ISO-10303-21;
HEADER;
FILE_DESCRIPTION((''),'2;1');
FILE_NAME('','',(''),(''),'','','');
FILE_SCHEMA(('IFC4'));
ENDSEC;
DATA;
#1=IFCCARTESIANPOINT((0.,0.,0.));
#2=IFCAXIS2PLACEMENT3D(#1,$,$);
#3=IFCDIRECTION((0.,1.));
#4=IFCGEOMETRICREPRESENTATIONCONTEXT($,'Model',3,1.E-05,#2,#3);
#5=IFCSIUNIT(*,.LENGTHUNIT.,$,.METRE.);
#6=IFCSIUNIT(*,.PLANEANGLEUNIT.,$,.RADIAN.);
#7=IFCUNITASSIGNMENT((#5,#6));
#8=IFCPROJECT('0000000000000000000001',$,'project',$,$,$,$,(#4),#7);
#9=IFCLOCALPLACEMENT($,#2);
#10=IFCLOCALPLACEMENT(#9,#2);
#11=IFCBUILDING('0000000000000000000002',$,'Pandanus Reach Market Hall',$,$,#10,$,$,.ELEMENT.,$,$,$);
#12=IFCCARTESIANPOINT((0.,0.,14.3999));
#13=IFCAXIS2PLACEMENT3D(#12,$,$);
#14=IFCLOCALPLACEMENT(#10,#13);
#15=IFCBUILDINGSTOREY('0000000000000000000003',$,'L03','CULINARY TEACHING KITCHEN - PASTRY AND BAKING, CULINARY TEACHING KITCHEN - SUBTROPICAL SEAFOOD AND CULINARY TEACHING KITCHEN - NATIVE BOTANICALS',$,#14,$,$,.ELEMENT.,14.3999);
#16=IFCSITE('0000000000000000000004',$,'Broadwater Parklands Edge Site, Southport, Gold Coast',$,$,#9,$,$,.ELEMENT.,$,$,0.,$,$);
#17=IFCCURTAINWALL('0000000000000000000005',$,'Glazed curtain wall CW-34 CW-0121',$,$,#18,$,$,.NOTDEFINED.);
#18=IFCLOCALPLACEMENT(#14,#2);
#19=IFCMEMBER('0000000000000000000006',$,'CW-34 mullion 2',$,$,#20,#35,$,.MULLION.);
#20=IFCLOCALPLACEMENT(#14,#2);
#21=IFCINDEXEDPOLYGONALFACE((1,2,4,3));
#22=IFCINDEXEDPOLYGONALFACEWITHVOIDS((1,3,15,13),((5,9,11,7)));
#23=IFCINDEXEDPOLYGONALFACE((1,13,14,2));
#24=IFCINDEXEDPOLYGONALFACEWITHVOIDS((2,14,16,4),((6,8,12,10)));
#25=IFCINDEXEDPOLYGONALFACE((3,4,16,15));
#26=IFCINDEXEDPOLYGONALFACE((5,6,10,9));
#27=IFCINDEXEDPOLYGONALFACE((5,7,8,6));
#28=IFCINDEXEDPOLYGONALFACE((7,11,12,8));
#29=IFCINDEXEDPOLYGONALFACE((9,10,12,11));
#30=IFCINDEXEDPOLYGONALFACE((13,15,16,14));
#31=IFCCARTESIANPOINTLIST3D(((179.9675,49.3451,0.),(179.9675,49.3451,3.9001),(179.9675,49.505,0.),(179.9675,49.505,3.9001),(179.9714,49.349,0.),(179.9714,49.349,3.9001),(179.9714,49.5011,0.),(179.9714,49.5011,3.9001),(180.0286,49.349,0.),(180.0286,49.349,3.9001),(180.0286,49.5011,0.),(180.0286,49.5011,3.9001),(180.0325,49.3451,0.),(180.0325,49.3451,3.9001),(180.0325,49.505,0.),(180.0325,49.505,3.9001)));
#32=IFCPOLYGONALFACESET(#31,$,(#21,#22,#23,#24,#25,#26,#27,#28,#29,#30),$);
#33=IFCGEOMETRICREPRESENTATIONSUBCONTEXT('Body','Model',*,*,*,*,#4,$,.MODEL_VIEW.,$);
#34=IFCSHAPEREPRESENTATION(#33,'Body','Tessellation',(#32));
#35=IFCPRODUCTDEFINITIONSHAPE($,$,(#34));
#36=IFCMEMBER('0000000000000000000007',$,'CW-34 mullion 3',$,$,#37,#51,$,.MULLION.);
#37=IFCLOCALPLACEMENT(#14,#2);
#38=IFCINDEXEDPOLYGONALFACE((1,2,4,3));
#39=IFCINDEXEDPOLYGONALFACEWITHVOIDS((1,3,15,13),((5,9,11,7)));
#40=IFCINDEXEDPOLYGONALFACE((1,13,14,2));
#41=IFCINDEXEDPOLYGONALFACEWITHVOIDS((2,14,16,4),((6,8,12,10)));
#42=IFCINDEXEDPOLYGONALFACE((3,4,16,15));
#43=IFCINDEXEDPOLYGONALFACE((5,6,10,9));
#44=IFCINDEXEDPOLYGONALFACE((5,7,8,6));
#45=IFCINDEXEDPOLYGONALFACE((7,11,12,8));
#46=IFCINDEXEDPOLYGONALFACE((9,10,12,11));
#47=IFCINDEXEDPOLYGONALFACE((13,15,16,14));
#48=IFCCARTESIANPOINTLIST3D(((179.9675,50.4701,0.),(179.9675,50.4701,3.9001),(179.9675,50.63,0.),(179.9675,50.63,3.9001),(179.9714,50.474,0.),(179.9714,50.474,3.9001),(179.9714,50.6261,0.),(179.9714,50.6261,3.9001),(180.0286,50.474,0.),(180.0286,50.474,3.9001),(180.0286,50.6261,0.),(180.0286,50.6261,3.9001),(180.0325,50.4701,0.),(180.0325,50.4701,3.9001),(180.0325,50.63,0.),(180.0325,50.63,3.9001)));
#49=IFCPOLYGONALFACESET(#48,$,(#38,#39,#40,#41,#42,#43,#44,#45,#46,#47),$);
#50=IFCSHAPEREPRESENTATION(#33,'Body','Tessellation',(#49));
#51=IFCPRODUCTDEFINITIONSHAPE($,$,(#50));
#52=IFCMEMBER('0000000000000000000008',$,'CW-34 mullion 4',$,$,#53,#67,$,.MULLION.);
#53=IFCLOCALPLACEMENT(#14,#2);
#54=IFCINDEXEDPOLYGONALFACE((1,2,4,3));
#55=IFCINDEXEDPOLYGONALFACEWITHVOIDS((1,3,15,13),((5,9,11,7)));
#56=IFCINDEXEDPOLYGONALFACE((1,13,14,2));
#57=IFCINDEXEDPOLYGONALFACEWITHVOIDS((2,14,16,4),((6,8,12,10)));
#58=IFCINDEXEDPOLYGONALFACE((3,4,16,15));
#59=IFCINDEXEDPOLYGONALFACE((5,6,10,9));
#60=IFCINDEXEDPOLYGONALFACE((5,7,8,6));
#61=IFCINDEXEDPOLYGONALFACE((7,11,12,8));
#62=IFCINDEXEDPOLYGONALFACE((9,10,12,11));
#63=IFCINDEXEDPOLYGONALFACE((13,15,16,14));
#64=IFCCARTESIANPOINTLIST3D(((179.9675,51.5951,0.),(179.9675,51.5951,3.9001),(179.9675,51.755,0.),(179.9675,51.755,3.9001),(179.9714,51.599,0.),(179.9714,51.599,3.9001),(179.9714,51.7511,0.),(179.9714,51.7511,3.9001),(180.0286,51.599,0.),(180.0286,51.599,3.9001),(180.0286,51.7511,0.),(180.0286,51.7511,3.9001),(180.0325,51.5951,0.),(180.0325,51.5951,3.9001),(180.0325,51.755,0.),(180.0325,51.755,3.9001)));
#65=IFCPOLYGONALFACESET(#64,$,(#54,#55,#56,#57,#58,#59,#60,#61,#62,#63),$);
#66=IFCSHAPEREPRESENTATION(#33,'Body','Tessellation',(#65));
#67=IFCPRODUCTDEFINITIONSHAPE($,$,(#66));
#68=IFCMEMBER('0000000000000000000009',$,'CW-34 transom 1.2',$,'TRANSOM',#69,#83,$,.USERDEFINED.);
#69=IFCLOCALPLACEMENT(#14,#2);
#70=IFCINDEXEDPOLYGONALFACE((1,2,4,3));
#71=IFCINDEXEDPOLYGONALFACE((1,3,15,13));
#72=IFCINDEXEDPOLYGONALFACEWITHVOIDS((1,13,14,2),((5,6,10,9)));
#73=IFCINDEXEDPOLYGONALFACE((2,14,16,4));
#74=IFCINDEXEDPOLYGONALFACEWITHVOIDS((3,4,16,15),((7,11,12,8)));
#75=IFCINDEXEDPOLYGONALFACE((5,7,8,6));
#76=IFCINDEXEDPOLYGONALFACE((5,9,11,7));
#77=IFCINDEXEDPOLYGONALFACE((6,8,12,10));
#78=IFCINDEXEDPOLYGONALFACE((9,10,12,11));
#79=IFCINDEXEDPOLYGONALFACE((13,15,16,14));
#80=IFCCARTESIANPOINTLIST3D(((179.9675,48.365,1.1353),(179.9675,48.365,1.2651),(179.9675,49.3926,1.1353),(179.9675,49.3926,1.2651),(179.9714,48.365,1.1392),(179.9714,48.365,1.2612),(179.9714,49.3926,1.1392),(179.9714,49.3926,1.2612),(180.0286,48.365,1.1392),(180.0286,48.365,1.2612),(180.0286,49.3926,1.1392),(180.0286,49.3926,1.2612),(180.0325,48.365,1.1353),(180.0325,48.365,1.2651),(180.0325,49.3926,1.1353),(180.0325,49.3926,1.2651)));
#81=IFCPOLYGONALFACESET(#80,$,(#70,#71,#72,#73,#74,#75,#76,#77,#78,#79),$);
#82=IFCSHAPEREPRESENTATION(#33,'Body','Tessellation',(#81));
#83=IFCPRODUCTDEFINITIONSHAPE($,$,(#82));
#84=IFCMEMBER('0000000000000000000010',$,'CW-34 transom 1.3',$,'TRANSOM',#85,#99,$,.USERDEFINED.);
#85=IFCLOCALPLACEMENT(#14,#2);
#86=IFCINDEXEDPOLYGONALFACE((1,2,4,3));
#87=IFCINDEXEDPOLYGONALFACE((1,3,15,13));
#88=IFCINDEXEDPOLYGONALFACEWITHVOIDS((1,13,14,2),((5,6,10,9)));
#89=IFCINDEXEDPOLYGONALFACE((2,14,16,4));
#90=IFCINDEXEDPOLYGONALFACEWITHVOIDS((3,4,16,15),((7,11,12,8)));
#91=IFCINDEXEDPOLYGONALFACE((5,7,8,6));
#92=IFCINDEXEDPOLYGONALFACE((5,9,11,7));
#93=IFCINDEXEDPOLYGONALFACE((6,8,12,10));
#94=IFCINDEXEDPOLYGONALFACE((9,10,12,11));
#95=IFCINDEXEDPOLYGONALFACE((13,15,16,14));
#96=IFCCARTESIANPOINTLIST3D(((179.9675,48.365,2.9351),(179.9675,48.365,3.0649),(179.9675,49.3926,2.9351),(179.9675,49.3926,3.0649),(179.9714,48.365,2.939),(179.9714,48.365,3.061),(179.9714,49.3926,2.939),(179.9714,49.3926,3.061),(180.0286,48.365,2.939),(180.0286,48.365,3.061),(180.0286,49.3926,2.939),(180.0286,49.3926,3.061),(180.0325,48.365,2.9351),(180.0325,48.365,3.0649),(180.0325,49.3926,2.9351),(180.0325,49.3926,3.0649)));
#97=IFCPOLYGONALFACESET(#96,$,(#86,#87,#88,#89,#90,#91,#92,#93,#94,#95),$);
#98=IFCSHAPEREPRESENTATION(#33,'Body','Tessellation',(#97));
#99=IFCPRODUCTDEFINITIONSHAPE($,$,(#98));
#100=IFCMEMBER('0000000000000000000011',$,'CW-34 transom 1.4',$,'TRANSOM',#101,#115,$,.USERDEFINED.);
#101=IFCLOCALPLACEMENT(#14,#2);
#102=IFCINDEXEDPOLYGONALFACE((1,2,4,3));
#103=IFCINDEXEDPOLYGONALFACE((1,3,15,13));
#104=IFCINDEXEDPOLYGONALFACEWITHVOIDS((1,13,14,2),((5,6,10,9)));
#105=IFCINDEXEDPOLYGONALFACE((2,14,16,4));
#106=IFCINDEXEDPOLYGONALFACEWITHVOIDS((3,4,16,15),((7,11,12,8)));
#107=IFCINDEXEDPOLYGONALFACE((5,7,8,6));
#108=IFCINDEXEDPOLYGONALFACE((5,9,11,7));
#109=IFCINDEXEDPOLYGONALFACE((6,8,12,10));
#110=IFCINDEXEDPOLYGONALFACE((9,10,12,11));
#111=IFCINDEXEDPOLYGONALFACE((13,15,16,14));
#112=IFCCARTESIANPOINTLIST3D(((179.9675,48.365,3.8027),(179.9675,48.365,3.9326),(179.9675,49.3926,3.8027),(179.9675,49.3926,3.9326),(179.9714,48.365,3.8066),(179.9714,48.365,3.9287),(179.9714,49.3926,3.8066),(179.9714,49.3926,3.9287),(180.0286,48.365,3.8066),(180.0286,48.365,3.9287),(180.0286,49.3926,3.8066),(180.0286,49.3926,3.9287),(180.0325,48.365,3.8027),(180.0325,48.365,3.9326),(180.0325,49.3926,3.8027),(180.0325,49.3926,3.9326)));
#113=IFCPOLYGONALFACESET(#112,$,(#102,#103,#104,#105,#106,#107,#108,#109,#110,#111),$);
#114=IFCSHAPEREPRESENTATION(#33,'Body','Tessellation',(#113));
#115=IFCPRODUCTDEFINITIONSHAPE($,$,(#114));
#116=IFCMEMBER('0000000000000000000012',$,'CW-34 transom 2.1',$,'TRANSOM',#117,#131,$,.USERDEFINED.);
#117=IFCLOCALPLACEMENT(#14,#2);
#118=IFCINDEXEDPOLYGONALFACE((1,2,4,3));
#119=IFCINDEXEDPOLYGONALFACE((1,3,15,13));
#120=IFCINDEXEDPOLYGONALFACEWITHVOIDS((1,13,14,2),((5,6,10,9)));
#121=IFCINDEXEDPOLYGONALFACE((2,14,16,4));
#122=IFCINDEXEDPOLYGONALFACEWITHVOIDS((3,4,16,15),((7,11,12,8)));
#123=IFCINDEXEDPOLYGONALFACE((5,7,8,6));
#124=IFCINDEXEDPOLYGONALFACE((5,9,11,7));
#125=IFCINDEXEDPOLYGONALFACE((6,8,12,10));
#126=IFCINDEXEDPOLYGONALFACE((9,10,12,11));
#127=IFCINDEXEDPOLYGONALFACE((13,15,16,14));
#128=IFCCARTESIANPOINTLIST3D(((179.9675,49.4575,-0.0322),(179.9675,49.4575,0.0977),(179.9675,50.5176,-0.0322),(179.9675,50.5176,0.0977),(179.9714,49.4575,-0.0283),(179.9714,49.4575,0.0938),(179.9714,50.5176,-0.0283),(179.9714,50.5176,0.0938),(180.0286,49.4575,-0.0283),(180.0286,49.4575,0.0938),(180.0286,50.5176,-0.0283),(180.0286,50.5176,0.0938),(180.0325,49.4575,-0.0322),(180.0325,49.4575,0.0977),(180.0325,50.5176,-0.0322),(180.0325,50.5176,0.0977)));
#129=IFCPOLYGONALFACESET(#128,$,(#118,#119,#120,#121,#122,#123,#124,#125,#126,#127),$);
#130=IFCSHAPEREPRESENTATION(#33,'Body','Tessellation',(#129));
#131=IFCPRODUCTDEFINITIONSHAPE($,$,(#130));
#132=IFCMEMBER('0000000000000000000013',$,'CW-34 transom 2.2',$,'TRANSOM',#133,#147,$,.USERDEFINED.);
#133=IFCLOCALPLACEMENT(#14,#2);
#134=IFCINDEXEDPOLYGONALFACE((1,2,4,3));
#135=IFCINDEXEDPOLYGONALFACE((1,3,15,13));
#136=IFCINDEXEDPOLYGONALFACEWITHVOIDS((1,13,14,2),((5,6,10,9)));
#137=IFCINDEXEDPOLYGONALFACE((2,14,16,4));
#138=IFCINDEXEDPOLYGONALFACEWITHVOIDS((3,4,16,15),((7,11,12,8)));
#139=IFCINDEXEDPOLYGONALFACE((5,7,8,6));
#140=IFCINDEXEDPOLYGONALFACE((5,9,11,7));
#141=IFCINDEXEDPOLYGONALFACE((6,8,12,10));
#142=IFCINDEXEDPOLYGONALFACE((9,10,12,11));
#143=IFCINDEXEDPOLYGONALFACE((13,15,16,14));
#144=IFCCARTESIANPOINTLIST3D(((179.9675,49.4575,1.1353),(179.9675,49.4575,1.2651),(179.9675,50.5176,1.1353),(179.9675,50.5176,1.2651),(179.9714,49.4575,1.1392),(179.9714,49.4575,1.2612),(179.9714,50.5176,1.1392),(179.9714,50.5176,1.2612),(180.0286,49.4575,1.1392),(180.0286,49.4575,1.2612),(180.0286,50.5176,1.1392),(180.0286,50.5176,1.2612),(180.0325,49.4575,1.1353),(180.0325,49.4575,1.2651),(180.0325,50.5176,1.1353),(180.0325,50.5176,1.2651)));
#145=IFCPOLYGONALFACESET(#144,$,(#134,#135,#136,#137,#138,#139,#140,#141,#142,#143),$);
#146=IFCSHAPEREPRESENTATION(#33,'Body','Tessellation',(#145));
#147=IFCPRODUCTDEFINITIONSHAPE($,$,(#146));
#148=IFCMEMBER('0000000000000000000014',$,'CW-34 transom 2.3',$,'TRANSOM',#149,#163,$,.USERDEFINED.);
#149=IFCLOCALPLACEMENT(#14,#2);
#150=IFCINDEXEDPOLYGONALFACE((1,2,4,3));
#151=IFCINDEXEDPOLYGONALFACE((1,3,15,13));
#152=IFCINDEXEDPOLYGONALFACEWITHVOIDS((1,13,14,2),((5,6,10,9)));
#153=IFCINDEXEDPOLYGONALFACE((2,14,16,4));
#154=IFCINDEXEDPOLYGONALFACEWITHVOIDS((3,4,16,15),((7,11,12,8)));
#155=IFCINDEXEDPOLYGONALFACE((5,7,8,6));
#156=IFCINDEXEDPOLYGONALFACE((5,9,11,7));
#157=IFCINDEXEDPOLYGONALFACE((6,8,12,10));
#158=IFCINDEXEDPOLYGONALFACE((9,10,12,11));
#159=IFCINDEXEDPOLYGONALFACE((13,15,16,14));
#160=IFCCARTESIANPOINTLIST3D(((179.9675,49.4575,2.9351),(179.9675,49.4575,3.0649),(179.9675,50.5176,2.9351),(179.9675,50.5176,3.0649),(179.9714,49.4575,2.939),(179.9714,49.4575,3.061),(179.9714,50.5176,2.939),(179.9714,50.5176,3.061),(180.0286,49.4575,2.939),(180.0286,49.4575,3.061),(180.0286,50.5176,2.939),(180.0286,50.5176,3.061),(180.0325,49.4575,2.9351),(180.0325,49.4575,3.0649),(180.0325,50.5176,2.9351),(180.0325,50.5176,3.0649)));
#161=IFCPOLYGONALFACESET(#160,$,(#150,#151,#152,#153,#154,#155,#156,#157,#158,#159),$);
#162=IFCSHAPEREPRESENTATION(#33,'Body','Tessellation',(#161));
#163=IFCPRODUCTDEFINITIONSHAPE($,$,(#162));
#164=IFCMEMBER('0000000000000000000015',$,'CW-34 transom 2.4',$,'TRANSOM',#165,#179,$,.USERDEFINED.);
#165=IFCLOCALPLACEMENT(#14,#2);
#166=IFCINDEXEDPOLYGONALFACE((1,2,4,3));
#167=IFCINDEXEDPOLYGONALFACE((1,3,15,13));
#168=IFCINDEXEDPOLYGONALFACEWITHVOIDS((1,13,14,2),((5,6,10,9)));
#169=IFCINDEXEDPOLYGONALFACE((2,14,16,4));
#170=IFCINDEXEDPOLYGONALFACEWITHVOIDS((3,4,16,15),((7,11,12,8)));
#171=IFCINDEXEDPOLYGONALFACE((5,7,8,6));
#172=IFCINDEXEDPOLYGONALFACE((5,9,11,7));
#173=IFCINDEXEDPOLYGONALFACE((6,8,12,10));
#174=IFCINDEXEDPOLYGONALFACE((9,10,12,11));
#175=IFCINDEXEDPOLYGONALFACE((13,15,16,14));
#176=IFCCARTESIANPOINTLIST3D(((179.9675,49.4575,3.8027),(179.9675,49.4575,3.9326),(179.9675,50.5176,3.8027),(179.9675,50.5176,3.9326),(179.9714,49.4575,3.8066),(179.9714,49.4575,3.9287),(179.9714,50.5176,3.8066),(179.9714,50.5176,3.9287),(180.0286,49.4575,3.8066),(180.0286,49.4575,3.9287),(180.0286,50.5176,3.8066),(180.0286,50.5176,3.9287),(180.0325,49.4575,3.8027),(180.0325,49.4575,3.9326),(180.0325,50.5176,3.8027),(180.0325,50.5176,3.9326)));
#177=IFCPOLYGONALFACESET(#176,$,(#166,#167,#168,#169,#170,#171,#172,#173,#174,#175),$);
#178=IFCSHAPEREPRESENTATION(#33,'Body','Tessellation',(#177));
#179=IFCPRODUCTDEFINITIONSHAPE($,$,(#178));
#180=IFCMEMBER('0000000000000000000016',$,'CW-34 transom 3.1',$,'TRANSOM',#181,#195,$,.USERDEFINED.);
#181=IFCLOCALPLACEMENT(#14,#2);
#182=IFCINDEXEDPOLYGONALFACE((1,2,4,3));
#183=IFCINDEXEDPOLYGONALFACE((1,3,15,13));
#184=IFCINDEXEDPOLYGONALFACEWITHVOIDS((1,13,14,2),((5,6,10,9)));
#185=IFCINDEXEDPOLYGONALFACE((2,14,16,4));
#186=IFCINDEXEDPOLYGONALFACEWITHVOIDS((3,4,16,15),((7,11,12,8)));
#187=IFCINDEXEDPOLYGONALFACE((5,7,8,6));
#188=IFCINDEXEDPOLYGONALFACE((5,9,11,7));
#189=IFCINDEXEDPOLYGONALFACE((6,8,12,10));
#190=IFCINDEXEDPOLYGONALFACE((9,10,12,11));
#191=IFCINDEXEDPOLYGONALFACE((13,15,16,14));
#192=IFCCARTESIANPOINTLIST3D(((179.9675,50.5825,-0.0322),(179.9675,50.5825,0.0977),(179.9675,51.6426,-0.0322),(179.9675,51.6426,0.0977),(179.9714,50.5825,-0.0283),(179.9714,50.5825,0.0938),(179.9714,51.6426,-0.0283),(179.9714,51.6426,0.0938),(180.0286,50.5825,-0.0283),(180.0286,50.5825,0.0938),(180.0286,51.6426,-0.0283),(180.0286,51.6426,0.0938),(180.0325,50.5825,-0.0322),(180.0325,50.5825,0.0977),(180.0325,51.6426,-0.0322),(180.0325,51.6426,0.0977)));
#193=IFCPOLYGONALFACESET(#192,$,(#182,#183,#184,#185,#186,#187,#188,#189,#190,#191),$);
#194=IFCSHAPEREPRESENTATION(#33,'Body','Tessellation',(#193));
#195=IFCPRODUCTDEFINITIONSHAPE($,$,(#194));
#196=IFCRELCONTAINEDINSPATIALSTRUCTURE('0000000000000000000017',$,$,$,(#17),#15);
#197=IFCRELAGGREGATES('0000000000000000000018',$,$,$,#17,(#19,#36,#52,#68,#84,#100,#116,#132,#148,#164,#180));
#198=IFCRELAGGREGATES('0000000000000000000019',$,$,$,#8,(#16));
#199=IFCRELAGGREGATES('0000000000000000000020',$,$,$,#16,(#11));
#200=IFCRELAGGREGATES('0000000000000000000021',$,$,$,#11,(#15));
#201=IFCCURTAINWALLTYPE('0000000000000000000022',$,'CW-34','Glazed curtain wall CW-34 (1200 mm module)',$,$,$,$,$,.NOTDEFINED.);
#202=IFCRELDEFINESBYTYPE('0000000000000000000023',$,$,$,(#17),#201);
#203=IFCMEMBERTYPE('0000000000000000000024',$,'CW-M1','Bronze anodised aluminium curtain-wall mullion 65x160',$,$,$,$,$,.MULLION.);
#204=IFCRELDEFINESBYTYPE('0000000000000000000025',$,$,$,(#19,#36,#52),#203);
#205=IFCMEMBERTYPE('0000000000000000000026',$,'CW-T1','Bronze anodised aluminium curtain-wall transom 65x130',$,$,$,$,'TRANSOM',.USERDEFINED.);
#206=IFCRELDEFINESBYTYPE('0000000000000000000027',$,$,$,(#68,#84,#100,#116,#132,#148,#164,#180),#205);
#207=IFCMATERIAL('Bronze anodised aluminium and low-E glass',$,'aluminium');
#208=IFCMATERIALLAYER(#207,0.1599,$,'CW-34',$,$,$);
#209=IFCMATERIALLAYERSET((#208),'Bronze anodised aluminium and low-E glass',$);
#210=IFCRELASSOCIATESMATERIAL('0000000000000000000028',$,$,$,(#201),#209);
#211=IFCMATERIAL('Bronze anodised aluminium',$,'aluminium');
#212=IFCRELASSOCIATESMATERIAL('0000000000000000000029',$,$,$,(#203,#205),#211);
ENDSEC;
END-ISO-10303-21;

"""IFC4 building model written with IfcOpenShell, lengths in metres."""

from ifc_helpers import new_model, si_unit, direction, frame, origin, origin_2d, place, context, subcontext, project, spatial, hollow_rectangle, extrude, material, layer, layer_set, material_profile, profile_set, type_object, element, aggregate, save


model = new_model("IFC4")

# Units and contexts
model_context = context("Model", 3, precision=1e-05, world=origin(), true_north=direction((0.0, 1.0)))
body_context = subcontext(model_context, "Body", "Model", "MODEL_VIEW")
ifc_project = project(units=[si_unit("LENGTHUNIT", "METRE"), si_unit("PLANEANGLEUNIT", "RADIAN")], contexts=[model_context])

# Site, building, storey
site_placement = place(None, origin())
site = spatial("IfcSite", under=ifc_project, at=site_placement, Name="Broadwater Parklands Edge Site, Southport, Gold Coast", CompositionType="ELEMENT", RefElevation=0.0)
building_placement = place(site_placement, origin())
building = spatial("IfcBuilding", under=site, at=building_placement, Name="Pandanus Reach Market Hall", CompositionType="ELEMENT")
storey_placement = place(building_placement, frame((0.0, 0.0, 14.3999)))
storey = spatial("IfcBuildingStorey", under=building, at=storey_placement, Name="L03", Description="CULINARY TEACHING KITCHEN - PASTRY AND BAKING, CULINARY TEACHING KITCHEN - SUBTROPICAL SEAFOOD AND CULINARY TEACHING KITCHEN - NATIVE BOTANICALS", CompositionType="ELEMENT", Elevation=14.3999)

# Curtain wall, members
ifc_material_1 = material(Name="Bronze anodised aluminium and low-E glass", Category="aluminium")
ifc_layer_1 = layer(ifc_material_1, 0.1599, Name="CW-34")
ifc_layer_set_1 = layer_set([ifc_layer_1], Name="Bronze anodised aluminium and low-E glass")
curtain_wall_type = type_object("IfcCurtainWallType", Name="CW-34", Description="Glazed curtain wall CW-34 (1200 mm module)", PredefinedType="NOTDEFINED", material=ifc_layer_set_1)
curtain_wall_placement = place(storey_placement, origin())
curtain_wall = element("IfcCurtainWall", 1, at=curtain_wall_placement, inside=storey, type_object=curtain_wall_type, Name="Glazed curtain wall CW-34 CW-0121", PredefinedType="NOTDEFINED")
ifc_material_2 = material(Name="Bronze anodised aluminium", Category="aluminium")
ifc_material_profile_1 = material_profile(ifc_material_2, hollow_rectangle(XDim=0.0649, YDim=0.1599, WallThickness=0.0039, at=origin_2d()), Name="ALU65x160", Category="LoadBearing")
ifc_profile_set_1 = profile_set([ifc_material_profile_1], Name="Bronze anodised aluminium")
member_type_1 = type_object("IfcMemberType", Name="CW-M1", Description="Bronze anodised aluminium curtain-wall mullion 65x160", PredefinedType="MULLION", material=ifc_profile_set_1)
member_1_placement = place(storey_placement, frame((180.0, 49.425, 0.0), z_axis=(0.0, 0.0, 1.0), x_axis=(-1.0, 0.0, 0.0)))
member_1 = element("IfcMember", 2, at=member_1_placement, type_object=member_type_1, Name="CW-34 mullion 2", PredefinedType="MULLION", context=body_context, shape_type="SweptSolid", body=[
    extrude(hollow_rectangle(XDim=0.0649, YDim=0.1599, WallThickness=0.0039, at=origin_2d()), origin(), (0.0, 0.0, 1.0), 3.9001),
])
member_2_placement = place(storey_placement, frame((180.0, 50.55, 0.0), z_axis=(0.0, 0.0, 1.0), x_axis=(-1.0, 0.0, 0.0)))
member_2 = element("IfcMember", 3, at=member_2_placement, type_object=member_type_1, Name="CW-34 mullion 3", PredefinedType="MULLION", context=body_context, shape_type="SweptSolid", body=[
    extrude(hollow_rectangle(XDim=0.0649, YDim=0.1599, WallThickness=0.0039, at=origin_2d()), origin(), (0.0, 0.0, 1.0), 3.9001),
])
member_3_placement = place(storey_placement, frame((180.0, 51.675, 0.0), z_axis=(0.0, 0.0, 1.0), x_axis=(-1.0, 0.0, 0.0)))
member_3 = element("IfcMember", 4, at=member_3_placement, type_object=member_type_1, Name="CW-34 mullion 4", PredefinedType="MULLION", context=body_context, shape_type="SweptSolid", body=[
    extrude(hollow_rectangle(XDim=0.0649, YDim=0.1599, WallThickness=0.0039, at=origin_2d()), origin(), (0.0, 0.0, 1.0), 3.9001),
])
ifc_material_profile_2 = material_profile(ifc_material_2, hollow_rectangle(XDim=0.0649, YDim=0.1299, WallThickness=0.0039, at=origin_2d()), Name="ALU65x130", Category="LoadBearing")
ifc_profile_set_2 = profile_set([ifc_material_profile_2], Name="Bronze anodised aluminium")
member_type_2 = type_object("IfcMemberType", Name="CW-T1", Description="Bronze anodised aluminium curtain-wall transom 65x130", ElementType="TRANSOM", PredefinedType="USERDEFINED", material=ifc_profile_set_2)
member_4_placement = place(storey_placement, frame((180.0, 48.365, 1.2002), z_axis=(0.0, 1.0, 0.0), x_axis=(-1.0, 0.0, 0.0)))
member_4 = element("IfcMember", 5, at=member_4_placement, type_object=member_type_2, Name="CW-34 transom 1.2", ObjectType="TRANSOM", PredefinedType="USERDEFINED", context=body_context, shape_type="SweptSolid", body=[
    extrude(hollow_rectangle(XDim=0.0649, YDim=0.1299, WallThickness=0.0039, at=origin_2d()), origin(), (0.0, 0.0, 1.0), 1.0276),
])
member_5_placement = place(storey_placement, frame((180.0, 48.365, 3.0), z_axis=(0.0, 1.0, 0.0), x_axis=(-1.0, 0.0, 0.0)))
member_5 = element("IfcMember", 6, at=member_5_placement, type_object=member_type_2, Name="CW-34 transom 1.3", ObjectType="TRANSOM", PredefinedType="USERDEFINED", context=body_context, shape_type="SweptSolid", body=[
    extrude(hollow_rectangle(XDim=0.0649, YDim=0.1299, WallThickness=0.0039, at=origin_2d()), origin(), (0.0, 0.0, 1.0), 1.0276),
])
member_6_placement = place(storey_placement, frame((180.0, 48.365, 3.8677), z_axis=(0.0, 1.0, 0.0), x_axis=(-1.0, 0.0, 0.0)))
member_6 = element("IfcMember", 7, at=member_6_placement, type_object=member_type_2, Name="CW-34 transom 1.4", ObjectType="TRANSOM", PredefinedType="USERDEFINED", context=body_context, shape_type="SweptSolid", body=[
    extrude(hollow_rectangle(XDim=0.0649, YDim=0.1299, WallThickness=0.0039, at=origin_2d()), origin(), (0.0, 0.0, 1.0), 1.0276),
])
member_7_placement = place(storey_placement, frame((180.0, 49.4575, 0.0327), z_axis=(0.0, 1.0, 0.0), x_axis=(-1.0, 0.0, 0.0)))
member_7 = element("IfcMember", 8, at=member_7_placement, type_object=member_type_2, Name="CW-34 transom 2.1", ObjectType="TRANSOM", PredefinedType="USERDEFINED", context=body_context, shape_type="SweptSolid", body=[
    extrude(hollow_rectangle(XDim=0.0649, YDim=0.1299, WallThickness=0.0039, at=origin_2d()), origin(), (0.0, 0.0, 1.0), 1.0601),
])
member_8_placement = place(storey_placement, frame((180.0, 49.4575, 1.2002), z_axis=(0.0, 1.0, 0.0), x_axis=(-1.0, 0.0, 0.0)))
member_8 = element("IfcMember", 9, at=member_8_placement, type_object=member_type_2, Name="CW-34 transom 2.2", ObjectType="TRANSOM", PredefinedType="USERDEFINED", context=body_context, shape_type="SweptSolid", body=[
    extrude(hollow_rectangle(XDim=0.0649, YDim=0.1299, WallThickness=0.0039, at=origin_2d()), origin(), (0.0, 0.0, 1.0), 1.0601),
])
member_9_placement = place(storey_placement, frame((180.0, 49.4575, 3.0), z_axis=(0.0, 1.0, 0.0), x_axis=(-1.0, 0.0, 0.0)))
member_9 = element("IfcMember", 10, at=member_9_placement, type_object=member_type_2, Name="CW-34 transom 2.3", ObjectType="TRANSOM", PredefinedType="USERDEFINED", context=body_context, shape_type="SweptSolid", body=[
    extrude(hollow_rectangle(XDim=0.0649, YDim=0.1299, WallThickness=0.0039, at=origin_2d()), origin(), (0.0, 0.0, 1.0), 1.0601),
])
member_10_placement = place(storey_placement, frame((180.0, 49.4575, 3.8677), z_axis=(0.0, 1.0, 0.0), x_axis=(-1.0, 0.0, 0.0)))
member_10 = element("IfcMember", 11, at=member_10_placement, type_object=member_type_2, Name="CW-34 transom 2.4", ObjectType="TRANSOM", PredefinedType="USERDEFINED", context=body_context, shape_type="SweptSolid", body=[
    extrude(hollow_rectangle(XDim=0.0649, YDim=0.1299, WallThickness=0.0039, at=origin_2d()), origin(), (0.0, 0.0, 1.0), 1.0601),
])
member_11_placement = place(storey_placement, frame((180.0, 50.5825, 0.0327), z_axis=(0.0, 1.0, 0.0), x_axis=(-1.0, 0.0, 0.0)))
member_11 = element("IfcMember", 12, at=member_11_placement, type_object=member_type_2, Name="CW-34 transom 3.1", ObjectType="TRANSOM", PredefinedType="USERDEFINED", context=body_context, shape_type="SweptSolid", body=[
    extrude(hollow_rectangle(XDim=0.0649, YDim=0.1299, WallThickness=0.0039, at=origin_2d()), origin(), (0.0, 0.0, 1.0), 1.0601),
])
aggregate(curtain_wall, [member_1, member_2, member_3, member_4, member_5, member_6, member_7, member_8, member_9, member_10, member_11])

save(model, "model.ifc")
